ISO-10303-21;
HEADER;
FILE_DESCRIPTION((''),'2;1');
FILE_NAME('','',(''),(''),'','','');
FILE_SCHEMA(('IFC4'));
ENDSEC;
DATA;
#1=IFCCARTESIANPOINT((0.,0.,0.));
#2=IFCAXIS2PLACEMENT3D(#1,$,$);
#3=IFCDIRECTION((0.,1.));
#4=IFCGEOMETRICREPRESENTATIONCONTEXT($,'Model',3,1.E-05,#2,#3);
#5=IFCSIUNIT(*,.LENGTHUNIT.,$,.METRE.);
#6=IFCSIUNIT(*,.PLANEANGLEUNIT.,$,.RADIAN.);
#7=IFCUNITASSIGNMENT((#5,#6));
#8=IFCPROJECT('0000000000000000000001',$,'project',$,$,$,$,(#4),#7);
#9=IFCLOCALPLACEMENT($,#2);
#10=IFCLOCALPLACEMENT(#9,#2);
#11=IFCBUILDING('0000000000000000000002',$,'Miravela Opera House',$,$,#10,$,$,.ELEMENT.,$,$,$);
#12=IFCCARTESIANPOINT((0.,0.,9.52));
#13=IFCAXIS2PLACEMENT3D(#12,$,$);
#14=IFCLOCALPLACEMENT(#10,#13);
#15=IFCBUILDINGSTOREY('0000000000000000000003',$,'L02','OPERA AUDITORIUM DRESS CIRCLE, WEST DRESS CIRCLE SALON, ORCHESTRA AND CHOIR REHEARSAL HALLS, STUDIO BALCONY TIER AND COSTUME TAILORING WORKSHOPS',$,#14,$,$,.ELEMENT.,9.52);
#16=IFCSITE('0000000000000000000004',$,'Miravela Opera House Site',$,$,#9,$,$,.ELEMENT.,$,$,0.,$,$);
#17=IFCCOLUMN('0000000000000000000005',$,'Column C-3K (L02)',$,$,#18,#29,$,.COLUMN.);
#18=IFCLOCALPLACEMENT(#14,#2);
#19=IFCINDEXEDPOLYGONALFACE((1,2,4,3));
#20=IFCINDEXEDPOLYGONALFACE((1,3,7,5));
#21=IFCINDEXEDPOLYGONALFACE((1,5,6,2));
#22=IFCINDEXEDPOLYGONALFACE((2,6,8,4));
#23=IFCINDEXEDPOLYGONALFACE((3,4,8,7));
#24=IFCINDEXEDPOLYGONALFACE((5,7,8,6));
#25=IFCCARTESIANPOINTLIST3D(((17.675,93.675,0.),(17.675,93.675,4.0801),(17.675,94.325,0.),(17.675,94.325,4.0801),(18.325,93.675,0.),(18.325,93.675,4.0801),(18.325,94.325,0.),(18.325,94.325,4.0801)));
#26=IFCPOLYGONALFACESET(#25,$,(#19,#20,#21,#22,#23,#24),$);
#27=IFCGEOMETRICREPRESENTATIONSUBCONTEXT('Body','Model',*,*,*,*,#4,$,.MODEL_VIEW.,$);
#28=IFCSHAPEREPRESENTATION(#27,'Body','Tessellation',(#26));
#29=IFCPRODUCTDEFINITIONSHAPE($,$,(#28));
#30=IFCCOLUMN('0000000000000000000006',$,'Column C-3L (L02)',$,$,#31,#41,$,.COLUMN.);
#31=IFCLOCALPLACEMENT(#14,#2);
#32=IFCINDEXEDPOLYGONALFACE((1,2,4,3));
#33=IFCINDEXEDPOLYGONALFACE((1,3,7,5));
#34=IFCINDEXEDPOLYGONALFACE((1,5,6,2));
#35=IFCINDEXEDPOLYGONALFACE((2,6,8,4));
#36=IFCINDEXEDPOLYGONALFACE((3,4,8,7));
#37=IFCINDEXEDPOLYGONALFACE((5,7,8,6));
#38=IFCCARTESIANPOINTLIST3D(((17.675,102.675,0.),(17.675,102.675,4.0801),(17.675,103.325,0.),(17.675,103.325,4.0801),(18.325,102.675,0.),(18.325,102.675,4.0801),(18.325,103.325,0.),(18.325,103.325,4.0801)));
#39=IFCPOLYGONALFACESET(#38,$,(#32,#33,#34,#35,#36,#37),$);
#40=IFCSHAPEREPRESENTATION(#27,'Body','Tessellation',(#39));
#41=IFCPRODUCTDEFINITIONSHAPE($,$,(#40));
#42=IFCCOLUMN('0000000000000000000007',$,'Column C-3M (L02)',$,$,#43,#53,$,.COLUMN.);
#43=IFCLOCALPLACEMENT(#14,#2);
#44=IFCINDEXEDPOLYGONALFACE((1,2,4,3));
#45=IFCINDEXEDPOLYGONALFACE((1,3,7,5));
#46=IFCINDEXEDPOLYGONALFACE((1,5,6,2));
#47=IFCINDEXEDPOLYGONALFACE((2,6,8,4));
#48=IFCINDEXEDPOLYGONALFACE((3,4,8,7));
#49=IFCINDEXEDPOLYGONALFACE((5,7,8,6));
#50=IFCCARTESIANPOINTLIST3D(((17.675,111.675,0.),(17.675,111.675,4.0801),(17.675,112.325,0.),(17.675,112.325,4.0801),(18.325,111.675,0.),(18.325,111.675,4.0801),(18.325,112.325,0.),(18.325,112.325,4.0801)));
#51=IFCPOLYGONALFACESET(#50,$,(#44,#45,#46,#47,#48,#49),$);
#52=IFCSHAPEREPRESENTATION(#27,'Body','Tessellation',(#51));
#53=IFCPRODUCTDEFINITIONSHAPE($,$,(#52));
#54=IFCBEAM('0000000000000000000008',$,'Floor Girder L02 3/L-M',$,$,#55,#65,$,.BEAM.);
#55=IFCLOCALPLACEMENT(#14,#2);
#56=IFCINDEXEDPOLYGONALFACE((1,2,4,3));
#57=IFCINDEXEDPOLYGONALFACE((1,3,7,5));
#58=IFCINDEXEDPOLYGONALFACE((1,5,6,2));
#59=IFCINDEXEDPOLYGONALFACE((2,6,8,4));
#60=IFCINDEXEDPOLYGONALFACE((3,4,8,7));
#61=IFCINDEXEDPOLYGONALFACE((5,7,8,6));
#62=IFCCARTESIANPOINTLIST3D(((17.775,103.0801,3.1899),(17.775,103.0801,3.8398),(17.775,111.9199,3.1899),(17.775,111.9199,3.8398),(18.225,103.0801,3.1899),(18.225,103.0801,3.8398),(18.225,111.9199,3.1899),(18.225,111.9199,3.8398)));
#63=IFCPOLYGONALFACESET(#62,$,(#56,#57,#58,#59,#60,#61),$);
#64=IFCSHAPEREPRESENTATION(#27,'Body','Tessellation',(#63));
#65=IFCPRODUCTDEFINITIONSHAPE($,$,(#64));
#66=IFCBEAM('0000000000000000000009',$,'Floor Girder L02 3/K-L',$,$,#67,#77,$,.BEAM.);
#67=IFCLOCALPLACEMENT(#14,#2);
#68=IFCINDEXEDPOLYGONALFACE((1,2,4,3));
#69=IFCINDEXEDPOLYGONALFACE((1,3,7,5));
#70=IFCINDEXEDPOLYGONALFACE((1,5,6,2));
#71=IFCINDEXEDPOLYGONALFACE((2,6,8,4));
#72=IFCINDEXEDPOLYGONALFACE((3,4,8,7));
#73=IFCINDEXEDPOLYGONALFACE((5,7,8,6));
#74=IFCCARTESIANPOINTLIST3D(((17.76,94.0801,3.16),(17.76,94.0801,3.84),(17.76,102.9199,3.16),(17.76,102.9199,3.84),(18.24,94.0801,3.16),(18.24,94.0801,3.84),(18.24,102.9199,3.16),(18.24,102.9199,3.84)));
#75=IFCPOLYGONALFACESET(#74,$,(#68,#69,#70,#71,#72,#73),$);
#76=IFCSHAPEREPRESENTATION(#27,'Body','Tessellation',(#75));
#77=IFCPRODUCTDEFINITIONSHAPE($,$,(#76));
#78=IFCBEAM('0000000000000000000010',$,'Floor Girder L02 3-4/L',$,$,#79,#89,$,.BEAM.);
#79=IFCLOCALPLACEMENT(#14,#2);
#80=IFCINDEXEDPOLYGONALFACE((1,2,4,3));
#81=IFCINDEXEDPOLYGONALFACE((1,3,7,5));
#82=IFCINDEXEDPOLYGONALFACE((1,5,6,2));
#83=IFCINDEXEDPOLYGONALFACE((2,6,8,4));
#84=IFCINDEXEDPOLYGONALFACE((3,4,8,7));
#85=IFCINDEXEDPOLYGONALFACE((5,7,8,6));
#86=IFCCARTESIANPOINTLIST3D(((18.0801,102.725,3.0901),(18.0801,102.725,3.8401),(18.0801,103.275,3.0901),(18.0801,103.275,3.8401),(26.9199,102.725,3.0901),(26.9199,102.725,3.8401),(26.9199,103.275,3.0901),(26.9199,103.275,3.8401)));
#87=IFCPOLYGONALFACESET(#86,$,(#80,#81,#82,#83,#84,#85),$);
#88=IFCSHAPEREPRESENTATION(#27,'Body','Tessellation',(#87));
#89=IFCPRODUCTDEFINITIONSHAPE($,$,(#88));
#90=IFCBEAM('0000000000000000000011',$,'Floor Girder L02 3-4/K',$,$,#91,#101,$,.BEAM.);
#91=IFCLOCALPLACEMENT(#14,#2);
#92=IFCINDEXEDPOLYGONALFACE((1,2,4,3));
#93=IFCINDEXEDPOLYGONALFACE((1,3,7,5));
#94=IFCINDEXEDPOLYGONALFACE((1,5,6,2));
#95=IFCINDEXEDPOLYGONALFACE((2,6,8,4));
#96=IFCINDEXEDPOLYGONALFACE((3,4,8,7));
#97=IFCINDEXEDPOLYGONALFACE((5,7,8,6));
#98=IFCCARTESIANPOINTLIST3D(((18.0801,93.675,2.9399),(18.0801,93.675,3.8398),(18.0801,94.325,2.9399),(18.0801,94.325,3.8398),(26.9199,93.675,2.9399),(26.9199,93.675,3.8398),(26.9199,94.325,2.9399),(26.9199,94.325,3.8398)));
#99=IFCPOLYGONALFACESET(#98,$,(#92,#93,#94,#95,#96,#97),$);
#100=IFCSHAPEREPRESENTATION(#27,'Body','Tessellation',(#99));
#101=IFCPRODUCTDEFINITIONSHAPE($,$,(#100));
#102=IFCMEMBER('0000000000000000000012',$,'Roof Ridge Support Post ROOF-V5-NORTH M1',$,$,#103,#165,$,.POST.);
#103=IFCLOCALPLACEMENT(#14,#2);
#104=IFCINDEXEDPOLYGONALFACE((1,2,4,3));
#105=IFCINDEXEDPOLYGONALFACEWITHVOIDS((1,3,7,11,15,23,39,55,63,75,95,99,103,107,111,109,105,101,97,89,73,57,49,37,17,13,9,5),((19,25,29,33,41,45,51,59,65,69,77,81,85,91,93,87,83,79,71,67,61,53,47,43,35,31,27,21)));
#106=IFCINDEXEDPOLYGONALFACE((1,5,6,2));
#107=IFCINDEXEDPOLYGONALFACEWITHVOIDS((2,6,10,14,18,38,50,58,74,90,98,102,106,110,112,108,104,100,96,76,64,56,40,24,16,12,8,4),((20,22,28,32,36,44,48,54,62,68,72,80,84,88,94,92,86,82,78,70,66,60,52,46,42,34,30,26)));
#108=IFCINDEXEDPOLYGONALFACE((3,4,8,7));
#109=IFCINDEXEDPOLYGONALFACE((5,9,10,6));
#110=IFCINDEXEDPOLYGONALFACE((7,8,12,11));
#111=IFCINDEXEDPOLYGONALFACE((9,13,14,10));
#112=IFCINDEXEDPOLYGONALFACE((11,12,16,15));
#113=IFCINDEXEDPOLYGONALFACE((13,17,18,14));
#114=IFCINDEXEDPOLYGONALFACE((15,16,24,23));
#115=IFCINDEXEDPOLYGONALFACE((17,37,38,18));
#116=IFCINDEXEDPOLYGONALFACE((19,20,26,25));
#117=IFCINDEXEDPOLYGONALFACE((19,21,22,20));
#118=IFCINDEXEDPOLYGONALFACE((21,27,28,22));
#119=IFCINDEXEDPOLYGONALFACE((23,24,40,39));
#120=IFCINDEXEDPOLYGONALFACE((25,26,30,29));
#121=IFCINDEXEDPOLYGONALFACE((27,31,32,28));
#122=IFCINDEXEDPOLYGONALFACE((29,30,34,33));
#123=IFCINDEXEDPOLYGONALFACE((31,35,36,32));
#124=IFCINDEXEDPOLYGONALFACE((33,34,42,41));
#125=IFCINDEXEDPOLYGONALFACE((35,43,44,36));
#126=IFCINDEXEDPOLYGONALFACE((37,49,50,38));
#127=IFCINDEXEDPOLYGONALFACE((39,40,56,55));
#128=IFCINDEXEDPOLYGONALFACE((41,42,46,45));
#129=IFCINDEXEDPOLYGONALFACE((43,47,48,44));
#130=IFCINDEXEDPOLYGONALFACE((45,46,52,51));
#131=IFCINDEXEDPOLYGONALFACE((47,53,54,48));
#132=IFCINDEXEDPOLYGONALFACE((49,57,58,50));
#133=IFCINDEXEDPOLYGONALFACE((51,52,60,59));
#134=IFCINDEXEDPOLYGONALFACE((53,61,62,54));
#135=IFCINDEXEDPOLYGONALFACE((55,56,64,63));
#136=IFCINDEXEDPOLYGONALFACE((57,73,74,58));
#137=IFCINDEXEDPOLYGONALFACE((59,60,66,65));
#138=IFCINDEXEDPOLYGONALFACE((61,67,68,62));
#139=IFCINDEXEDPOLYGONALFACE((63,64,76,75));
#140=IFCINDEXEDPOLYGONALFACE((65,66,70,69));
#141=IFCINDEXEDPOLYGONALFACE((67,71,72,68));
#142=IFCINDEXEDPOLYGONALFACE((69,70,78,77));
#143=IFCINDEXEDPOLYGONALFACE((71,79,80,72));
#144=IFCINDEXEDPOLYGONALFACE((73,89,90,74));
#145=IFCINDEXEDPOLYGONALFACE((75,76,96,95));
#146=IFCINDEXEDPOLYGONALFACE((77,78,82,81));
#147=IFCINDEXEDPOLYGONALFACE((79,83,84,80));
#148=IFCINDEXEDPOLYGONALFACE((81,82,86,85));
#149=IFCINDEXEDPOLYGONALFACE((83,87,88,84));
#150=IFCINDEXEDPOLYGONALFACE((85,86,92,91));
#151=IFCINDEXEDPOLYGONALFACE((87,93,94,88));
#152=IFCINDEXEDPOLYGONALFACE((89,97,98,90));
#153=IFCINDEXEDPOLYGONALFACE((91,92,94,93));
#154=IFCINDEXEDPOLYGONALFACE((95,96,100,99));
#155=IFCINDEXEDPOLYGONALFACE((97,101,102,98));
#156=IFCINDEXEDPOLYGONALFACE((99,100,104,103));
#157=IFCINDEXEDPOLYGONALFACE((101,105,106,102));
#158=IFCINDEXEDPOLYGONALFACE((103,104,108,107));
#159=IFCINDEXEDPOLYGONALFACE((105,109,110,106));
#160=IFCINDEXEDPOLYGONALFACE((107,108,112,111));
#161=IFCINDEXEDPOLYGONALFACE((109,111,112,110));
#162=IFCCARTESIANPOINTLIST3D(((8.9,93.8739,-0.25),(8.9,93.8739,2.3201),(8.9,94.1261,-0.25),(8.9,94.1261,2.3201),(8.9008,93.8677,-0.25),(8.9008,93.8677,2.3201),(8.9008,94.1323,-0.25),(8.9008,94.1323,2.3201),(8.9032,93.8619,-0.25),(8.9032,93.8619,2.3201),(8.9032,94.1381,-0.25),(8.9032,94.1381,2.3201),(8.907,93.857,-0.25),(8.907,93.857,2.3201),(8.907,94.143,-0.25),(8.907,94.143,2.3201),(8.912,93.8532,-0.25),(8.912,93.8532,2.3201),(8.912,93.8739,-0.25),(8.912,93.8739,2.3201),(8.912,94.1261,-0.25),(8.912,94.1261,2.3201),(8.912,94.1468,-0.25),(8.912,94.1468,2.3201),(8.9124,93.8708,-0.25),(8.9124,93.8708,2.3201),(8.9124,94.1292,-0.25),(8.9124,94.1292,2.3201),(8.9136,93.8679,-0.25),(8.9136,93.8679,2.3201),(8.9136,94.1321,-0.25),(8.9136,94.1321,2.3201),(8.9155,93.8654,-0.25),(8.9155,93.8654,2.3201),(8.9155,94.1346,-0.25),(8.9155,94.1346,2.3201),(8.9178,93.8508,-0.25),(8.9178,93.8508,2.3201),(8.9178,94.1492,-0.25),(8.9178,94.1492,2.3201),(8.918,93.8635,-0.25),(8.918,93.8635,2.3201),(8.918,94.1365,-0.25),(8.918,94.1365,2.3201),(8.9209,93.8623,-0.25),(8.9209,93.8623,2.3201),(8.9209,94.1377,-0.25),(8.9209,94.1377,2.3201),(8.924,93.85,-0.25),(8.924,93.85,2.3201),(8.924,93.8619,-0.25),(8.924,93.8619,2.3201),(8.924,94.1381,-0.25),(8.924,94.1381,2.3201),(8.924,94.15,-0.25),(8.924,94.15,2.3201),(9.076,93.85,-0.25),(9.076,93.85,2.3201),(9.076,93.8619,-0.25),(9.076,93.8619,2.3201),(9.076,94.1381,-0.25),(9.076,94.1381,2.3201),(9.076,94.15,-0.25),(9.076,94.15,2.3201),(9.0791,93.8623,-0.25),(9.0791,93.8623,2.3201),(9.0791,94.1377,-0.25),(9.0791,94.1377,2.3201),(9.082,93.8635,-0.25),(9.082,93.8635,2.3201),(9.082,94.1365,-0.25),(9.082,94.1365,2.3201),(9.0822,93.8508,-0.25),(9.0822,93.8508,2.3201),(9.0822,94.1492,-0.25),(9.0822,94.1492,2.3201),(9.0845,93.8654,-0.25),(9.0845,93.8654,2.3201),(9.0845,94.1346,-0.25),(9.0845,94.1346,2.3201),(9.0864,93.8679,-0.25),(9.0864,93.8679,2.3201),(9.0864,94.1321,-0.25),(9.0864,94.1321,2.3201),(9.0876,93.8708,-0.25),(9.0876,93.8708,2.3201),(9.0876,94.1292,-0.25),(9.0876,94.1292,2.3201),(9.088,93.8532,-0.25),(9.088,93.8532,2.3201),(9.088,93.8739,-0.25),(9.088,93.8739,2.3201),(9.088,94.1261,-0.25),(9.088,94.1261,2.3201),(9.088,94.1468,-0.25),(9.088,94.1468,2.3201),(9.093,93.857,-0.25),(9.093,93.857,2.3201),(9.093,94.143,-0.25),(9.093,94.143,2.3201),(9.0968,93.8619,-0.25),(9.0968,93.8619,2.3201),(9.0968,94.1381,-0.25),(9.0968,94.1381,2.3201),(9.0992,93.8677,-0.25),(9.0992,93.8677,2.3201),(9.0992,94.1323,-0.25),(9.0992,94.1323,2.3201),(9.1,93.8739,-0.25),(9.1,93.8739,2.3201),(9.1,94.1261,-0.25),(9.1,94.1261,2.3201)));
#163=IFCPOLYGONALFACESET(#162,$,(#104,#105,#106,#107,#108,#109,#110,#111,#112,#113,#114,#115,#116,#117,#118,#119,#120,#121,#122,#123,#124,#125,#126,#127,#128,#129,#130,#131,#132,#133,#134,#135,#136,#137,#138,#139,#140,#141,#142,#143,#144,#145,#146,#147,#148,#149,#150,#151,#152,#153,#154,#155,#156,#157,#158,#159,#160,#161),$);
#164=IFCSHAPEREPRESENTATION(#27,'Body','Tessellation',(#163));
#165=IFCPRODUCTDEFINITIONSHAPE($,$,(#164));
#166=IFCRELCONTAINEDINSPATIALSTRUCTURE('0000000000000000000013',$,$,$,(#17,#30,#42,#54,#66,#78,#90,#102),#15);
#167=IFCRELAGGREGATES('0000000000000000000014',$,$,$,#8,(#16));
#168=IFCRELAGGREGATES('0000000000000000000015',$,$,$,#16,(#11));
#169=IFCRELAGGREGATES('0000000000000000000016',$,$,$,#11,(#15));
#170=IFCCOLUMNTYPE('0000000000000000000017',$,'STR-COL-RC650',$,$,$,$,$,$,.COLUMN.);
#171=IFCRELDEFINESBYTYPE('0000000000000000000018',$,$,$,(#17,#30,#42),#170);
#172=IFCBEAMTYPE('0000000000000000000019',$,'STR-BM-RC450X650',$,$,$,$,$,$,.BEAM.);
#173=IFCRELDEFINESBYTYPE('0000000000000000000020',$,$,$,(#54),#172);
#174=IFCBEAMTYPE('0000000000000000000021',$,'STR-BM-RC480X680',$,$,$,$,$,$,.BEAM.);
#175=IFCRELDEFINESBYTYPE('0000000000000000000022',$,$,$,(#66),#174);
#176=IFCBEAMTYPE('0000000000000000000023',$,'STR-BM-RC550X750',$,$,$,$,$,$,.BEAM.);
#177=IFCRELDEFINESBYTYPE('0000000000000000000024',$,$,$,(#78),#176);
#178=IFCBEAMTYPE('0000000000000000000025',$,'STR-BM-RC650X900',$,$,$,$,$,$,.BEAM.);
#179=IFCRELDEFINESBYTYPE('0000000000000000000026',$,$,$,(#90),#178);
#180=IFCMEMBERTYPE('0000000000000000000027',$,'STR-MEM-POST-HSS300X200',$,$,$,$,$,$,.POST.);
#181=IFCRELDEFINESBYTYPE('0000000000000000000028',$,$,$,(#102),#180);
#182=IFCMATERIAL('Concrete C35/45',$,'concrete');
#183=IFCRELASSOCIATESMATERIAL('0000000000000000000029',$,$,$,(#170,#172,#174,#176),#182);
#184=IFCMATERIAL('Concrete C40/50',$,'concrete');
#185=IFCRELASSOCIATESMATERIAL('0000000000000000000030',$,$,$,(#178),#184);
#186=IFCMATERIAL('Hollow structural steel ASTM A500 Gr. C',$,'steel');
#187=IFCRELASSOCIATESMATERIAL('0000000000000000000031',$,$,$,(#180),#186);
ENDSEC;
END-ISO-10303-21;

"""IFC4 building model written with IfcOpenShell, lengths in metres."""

from ifc_helpers import new_model, si_unit, direction, frame, origin, origin_2d, place, context, subcontext, project, spatial, rectangle, hollow_rectangle, extrude, material, material_profile, profile_set, type_object, element, save


model = new_model("IFC4")

# Units and contexts
model_context = context("Model", 3, precision=1e-05, world=origin(), true_north=direction((0.0, 1.0)))
body_context = subcontext(model_context, "Body", "Model", "MODEL_VIEW")
ifc_project = project(units=[si_unit("LENGTHUNIT", "METRE"), si_unit("PLANEANGLEUNIT", "RADIAN")], contexts=[model_context])

# Site, building, storey
site_placement = place(None, origin())
site = spatial("IfcSite", under=ifc_project, at=site_placement, Name="Miravela Opera House Site", CompositionType="ELEMENT", RefElevation=0.0)
building_placement = place(site_placement, origin())
building = spatial("IfcBuilding", under=site, at=building_placement, Name="Miravela Opera House", CompositionType="ELEMENT")
storey_placement = place(building_placement, frame((0.0, 0.0, 9.52)))
storey = spatial("IfcBuildingStorey", under=building, at=storey_placement, Name="L02", Description="OPERA AUDITORIUM DRESS CIRCLE, WEST DRESS CIRCLE SALON, ORCHESTRA AND CHOIR REHEARSAL HALLS, STUDIO BALCONY TIER AND COSTUME TAILORING WORKSHOPS", CompositionType="ELEMENT", Elevation=9.52)

# Columns
ifc_material_1 = material(Name="Concrete C35/45", Category="concrete")
ifc_material_profile_1 = material_profile(ifc_material_1, rectangle(XDim=0.6499, YDim=0.6499, at=origin_2d()), Name="RC-COL-650X650")
ifc_profile_set_1 = profile_set([ifc_material_profile_1])
column_type = type_object("IfcColumnType", Name="STR-COL-RC650", PredefinedType="COLUMN", material=ifc_profile_set_1)
for number, where, z_axis, x_axis, name in (
    (1, (18.0, 94.0, 0.0), (0.0, 0.0, 1.0), (1.0, 0.0, 0.0), "Column C-3K (L02)"),
    (2, (18.0, 103.0, 0.0), (0.0, 0.0, 1.0), (1.0, 0.0, 0.0), "Column C-3L (L02)"),
    (3, (18.0, 112.0, 0.0), (0.0, 0.0, 1.0), (1.0, 0.0, 0.0), "Column C-3M (L02)"),
):
    element("IfcColumn", number, at=place(storey_placement, frame(where, z_axis=z_axis, x_axis=x_axis)), inside=storey, type_object=column_type, Name=name, PredefinedType="COLUMN", context=body_context, shape_type="SweptSolid", body=[
        extrude(rectangle(XDim=0.6499, YDim=0.6499, at=origin_2d()), origin(), (0.0, 0.0, 1.0), 4.0801),
    ])

# Beams
ifc_material_profile_2 = material_profile(ifc_material_1, rectangle(XDim=0.45, YDim=0.6499, at=origin_2d()), Name="RC-BM-450X650")
ifc_profile_set_2 = profile_set([ifc_material_profile_2])
beam_type_1 = type_object("IfcBeamType", Name="STR-BM-RC450X650", PredefinedType="BEAM", material=ifc_profile_set_2)
beam_1_placement = place(storey_placement, frame((18.0, 103.0801, 3.5149), z_axis=(0.0, 1.0, 0.0), x_axis=(-1.0, 0.0, 0.0)))
element("IfcBeam", 4, at=beam_1_placement, inside=storey, type_object=beam_type_1, Name="Floor Girder L02 3/L-M", PredefinedType="BEAM", context=body_context, shape_type="SweptSolid", body=[
    extrude(rectangle(XDim=0.45, YDim=0.6499, at=origin_2d()), origin(), (0.0, 0.0, 1.0), 8.8398),
])
ifc_material_profile_3 = material_profile(ifc_material_1, rectangle(XDim=0.48, YDim=0.6799, at=origin_2d()), Name="RC-BM-480X680")
ifc_profile_set_3 = profile_set([ifc_material_profile_3])
beam_type_2 = type_object("IfcBeamType", Name="STR-BM-RC480X680", PredefinedType="BEAM", material=ifc_profile_set_3)
beam_2_placement = place(storey_placement, frame((18.0, 94.0801, 3.5), z_axis=(0.0, 1.0, 0.0), x_axis=(-1.0, 0.0, 0.0)))
element("IfcBeam", 5, at=beam_2_placement, inside=storey, type_object=beam_type_2, Name="Floor Girder L02 3/K-L", PredefinedType="BEAM", context=body_context, shape_type="SweptSolid", body=[
    extrude(rectangle(XDim=0.48, YDim=0.6799, at=origin_2d()), origin(), (0.0, 0.0, 1.0), 8.8398),
])
ifc_material_profile_4 = material_profile(ifc_material_1, rectangle(XDim=0.55, YDim=0.75, at=origin_2d()), Name="RC-BM-550X750")
ifc_profile_set_4 = profile_set([ifc_material_profile_4])
beam_type_3 = type_object("IfcBeamType", Name="STR-BM-RC550X750", PredefinedType="BEAM", material=ifc_profile_set_4)
beam_3_placement = place(storey_placement, frame((18.0801, 103.0, 3.4651), z_axis=(1.0, 0.0, 0.0), x_axis=(0.0, 1.0, 0.0)))
element("IfcBeam", 6, at=beam_3_placement, inside=storey, type_object=beam_type_3, Name="Floor Girder L02 3-4/L", PredefinedType="BEAM", context=body_context, shape_type="SweptSolid", body=[
    extrude(rectangle(XDim=0.55, YDim=0.75, at=origin_2d()), origin(), (0.0, 0.0, 1.0), 8.8398),
])
ifc_material_2 = material(Name="Concrete C40/50", Category="concrete")
ifc_material_profile_5 = material_profile(ifc_material_2, rectangle(XDim=0.6499, YDim=0.8999, at=origin_2d()), Name="RC-BM-650X900")
ifc_profile_set_5 = profile_set([ifc_material_profile_5])
beam_type_4 = type_object("IfcBeamType", Name="STR-BM-RC650X900", PredefinedType="BEAM", material=ifc_profile_set_5)
beam_4_placement = place(storey_placement, frame((18.0801, 94.0, 3.3899), z_axis=(1.0, 0.0, 0.0), x_axis=(0.0, 1.0, 0.0)))
element("IfcBeam", 7, at=beam_4_placement, inside=storey, type_object=beam_type_4, Name="Floor Girder L02 3-4/K", PredefinedType="BEAM", context=body_context, shape_type="SweptSolid", body=[
    extrude(rectangle(XDim=0.6499, YDim=0.8999, at=origin_2d()), origin(), (0.0, 0.0, 1.0), 8.8398),
])

# Member
ifc_material_3 = material(Name="Hollow structural steel ASTM A500 Gr. C", Category="steel")
ifc_material_profile_6 = material_profile(ifc_material_3, hollow_rectangle(XDim=0.2, YDim=0.3, WallThickness=0.012, InnerFilletRadius=0.012, OuterFilletRadius=0.0239, at=origin_2d()), Name="HSS300X200X12")
ifc_profile_set_6 = profile_set([ifc_material_profile_6])
member_type_1 = type_object("IfcMemberType", Name="STR-MEM-POST-HSS300X200", PredefinedType="POST", material=ifc_profile_set_6)
for number, where, z_axis, x_axis, name in (
    (8, (9.0, 94.0, -0.25), (0.0, 0.0, 1.0), (1.0, 0.0, 0.0), "Roof Ridge Support Post ROOF-V5-NORTH M1"),
):
    element("IfcMember", number, at=place(storey_placement, frame(where, z_axis=z_axis, x_axis=x_axis)), inside=storey, type_object=member_type_1, Name=name, PredefinedType="POST", context=body_context, shape_type="SweptSolid", body=[
        extrude(hollow_rectangle(XDim=0.2, YDim=0.3, WallThickness=0.012, InnerFilletRadius=0.012, OuterFilletRadius=0.0239, at=origin_2d()), origin(), (0.0, 0.0, 1.0), 2.5701),
    ])

save(model, "model.ifc")
